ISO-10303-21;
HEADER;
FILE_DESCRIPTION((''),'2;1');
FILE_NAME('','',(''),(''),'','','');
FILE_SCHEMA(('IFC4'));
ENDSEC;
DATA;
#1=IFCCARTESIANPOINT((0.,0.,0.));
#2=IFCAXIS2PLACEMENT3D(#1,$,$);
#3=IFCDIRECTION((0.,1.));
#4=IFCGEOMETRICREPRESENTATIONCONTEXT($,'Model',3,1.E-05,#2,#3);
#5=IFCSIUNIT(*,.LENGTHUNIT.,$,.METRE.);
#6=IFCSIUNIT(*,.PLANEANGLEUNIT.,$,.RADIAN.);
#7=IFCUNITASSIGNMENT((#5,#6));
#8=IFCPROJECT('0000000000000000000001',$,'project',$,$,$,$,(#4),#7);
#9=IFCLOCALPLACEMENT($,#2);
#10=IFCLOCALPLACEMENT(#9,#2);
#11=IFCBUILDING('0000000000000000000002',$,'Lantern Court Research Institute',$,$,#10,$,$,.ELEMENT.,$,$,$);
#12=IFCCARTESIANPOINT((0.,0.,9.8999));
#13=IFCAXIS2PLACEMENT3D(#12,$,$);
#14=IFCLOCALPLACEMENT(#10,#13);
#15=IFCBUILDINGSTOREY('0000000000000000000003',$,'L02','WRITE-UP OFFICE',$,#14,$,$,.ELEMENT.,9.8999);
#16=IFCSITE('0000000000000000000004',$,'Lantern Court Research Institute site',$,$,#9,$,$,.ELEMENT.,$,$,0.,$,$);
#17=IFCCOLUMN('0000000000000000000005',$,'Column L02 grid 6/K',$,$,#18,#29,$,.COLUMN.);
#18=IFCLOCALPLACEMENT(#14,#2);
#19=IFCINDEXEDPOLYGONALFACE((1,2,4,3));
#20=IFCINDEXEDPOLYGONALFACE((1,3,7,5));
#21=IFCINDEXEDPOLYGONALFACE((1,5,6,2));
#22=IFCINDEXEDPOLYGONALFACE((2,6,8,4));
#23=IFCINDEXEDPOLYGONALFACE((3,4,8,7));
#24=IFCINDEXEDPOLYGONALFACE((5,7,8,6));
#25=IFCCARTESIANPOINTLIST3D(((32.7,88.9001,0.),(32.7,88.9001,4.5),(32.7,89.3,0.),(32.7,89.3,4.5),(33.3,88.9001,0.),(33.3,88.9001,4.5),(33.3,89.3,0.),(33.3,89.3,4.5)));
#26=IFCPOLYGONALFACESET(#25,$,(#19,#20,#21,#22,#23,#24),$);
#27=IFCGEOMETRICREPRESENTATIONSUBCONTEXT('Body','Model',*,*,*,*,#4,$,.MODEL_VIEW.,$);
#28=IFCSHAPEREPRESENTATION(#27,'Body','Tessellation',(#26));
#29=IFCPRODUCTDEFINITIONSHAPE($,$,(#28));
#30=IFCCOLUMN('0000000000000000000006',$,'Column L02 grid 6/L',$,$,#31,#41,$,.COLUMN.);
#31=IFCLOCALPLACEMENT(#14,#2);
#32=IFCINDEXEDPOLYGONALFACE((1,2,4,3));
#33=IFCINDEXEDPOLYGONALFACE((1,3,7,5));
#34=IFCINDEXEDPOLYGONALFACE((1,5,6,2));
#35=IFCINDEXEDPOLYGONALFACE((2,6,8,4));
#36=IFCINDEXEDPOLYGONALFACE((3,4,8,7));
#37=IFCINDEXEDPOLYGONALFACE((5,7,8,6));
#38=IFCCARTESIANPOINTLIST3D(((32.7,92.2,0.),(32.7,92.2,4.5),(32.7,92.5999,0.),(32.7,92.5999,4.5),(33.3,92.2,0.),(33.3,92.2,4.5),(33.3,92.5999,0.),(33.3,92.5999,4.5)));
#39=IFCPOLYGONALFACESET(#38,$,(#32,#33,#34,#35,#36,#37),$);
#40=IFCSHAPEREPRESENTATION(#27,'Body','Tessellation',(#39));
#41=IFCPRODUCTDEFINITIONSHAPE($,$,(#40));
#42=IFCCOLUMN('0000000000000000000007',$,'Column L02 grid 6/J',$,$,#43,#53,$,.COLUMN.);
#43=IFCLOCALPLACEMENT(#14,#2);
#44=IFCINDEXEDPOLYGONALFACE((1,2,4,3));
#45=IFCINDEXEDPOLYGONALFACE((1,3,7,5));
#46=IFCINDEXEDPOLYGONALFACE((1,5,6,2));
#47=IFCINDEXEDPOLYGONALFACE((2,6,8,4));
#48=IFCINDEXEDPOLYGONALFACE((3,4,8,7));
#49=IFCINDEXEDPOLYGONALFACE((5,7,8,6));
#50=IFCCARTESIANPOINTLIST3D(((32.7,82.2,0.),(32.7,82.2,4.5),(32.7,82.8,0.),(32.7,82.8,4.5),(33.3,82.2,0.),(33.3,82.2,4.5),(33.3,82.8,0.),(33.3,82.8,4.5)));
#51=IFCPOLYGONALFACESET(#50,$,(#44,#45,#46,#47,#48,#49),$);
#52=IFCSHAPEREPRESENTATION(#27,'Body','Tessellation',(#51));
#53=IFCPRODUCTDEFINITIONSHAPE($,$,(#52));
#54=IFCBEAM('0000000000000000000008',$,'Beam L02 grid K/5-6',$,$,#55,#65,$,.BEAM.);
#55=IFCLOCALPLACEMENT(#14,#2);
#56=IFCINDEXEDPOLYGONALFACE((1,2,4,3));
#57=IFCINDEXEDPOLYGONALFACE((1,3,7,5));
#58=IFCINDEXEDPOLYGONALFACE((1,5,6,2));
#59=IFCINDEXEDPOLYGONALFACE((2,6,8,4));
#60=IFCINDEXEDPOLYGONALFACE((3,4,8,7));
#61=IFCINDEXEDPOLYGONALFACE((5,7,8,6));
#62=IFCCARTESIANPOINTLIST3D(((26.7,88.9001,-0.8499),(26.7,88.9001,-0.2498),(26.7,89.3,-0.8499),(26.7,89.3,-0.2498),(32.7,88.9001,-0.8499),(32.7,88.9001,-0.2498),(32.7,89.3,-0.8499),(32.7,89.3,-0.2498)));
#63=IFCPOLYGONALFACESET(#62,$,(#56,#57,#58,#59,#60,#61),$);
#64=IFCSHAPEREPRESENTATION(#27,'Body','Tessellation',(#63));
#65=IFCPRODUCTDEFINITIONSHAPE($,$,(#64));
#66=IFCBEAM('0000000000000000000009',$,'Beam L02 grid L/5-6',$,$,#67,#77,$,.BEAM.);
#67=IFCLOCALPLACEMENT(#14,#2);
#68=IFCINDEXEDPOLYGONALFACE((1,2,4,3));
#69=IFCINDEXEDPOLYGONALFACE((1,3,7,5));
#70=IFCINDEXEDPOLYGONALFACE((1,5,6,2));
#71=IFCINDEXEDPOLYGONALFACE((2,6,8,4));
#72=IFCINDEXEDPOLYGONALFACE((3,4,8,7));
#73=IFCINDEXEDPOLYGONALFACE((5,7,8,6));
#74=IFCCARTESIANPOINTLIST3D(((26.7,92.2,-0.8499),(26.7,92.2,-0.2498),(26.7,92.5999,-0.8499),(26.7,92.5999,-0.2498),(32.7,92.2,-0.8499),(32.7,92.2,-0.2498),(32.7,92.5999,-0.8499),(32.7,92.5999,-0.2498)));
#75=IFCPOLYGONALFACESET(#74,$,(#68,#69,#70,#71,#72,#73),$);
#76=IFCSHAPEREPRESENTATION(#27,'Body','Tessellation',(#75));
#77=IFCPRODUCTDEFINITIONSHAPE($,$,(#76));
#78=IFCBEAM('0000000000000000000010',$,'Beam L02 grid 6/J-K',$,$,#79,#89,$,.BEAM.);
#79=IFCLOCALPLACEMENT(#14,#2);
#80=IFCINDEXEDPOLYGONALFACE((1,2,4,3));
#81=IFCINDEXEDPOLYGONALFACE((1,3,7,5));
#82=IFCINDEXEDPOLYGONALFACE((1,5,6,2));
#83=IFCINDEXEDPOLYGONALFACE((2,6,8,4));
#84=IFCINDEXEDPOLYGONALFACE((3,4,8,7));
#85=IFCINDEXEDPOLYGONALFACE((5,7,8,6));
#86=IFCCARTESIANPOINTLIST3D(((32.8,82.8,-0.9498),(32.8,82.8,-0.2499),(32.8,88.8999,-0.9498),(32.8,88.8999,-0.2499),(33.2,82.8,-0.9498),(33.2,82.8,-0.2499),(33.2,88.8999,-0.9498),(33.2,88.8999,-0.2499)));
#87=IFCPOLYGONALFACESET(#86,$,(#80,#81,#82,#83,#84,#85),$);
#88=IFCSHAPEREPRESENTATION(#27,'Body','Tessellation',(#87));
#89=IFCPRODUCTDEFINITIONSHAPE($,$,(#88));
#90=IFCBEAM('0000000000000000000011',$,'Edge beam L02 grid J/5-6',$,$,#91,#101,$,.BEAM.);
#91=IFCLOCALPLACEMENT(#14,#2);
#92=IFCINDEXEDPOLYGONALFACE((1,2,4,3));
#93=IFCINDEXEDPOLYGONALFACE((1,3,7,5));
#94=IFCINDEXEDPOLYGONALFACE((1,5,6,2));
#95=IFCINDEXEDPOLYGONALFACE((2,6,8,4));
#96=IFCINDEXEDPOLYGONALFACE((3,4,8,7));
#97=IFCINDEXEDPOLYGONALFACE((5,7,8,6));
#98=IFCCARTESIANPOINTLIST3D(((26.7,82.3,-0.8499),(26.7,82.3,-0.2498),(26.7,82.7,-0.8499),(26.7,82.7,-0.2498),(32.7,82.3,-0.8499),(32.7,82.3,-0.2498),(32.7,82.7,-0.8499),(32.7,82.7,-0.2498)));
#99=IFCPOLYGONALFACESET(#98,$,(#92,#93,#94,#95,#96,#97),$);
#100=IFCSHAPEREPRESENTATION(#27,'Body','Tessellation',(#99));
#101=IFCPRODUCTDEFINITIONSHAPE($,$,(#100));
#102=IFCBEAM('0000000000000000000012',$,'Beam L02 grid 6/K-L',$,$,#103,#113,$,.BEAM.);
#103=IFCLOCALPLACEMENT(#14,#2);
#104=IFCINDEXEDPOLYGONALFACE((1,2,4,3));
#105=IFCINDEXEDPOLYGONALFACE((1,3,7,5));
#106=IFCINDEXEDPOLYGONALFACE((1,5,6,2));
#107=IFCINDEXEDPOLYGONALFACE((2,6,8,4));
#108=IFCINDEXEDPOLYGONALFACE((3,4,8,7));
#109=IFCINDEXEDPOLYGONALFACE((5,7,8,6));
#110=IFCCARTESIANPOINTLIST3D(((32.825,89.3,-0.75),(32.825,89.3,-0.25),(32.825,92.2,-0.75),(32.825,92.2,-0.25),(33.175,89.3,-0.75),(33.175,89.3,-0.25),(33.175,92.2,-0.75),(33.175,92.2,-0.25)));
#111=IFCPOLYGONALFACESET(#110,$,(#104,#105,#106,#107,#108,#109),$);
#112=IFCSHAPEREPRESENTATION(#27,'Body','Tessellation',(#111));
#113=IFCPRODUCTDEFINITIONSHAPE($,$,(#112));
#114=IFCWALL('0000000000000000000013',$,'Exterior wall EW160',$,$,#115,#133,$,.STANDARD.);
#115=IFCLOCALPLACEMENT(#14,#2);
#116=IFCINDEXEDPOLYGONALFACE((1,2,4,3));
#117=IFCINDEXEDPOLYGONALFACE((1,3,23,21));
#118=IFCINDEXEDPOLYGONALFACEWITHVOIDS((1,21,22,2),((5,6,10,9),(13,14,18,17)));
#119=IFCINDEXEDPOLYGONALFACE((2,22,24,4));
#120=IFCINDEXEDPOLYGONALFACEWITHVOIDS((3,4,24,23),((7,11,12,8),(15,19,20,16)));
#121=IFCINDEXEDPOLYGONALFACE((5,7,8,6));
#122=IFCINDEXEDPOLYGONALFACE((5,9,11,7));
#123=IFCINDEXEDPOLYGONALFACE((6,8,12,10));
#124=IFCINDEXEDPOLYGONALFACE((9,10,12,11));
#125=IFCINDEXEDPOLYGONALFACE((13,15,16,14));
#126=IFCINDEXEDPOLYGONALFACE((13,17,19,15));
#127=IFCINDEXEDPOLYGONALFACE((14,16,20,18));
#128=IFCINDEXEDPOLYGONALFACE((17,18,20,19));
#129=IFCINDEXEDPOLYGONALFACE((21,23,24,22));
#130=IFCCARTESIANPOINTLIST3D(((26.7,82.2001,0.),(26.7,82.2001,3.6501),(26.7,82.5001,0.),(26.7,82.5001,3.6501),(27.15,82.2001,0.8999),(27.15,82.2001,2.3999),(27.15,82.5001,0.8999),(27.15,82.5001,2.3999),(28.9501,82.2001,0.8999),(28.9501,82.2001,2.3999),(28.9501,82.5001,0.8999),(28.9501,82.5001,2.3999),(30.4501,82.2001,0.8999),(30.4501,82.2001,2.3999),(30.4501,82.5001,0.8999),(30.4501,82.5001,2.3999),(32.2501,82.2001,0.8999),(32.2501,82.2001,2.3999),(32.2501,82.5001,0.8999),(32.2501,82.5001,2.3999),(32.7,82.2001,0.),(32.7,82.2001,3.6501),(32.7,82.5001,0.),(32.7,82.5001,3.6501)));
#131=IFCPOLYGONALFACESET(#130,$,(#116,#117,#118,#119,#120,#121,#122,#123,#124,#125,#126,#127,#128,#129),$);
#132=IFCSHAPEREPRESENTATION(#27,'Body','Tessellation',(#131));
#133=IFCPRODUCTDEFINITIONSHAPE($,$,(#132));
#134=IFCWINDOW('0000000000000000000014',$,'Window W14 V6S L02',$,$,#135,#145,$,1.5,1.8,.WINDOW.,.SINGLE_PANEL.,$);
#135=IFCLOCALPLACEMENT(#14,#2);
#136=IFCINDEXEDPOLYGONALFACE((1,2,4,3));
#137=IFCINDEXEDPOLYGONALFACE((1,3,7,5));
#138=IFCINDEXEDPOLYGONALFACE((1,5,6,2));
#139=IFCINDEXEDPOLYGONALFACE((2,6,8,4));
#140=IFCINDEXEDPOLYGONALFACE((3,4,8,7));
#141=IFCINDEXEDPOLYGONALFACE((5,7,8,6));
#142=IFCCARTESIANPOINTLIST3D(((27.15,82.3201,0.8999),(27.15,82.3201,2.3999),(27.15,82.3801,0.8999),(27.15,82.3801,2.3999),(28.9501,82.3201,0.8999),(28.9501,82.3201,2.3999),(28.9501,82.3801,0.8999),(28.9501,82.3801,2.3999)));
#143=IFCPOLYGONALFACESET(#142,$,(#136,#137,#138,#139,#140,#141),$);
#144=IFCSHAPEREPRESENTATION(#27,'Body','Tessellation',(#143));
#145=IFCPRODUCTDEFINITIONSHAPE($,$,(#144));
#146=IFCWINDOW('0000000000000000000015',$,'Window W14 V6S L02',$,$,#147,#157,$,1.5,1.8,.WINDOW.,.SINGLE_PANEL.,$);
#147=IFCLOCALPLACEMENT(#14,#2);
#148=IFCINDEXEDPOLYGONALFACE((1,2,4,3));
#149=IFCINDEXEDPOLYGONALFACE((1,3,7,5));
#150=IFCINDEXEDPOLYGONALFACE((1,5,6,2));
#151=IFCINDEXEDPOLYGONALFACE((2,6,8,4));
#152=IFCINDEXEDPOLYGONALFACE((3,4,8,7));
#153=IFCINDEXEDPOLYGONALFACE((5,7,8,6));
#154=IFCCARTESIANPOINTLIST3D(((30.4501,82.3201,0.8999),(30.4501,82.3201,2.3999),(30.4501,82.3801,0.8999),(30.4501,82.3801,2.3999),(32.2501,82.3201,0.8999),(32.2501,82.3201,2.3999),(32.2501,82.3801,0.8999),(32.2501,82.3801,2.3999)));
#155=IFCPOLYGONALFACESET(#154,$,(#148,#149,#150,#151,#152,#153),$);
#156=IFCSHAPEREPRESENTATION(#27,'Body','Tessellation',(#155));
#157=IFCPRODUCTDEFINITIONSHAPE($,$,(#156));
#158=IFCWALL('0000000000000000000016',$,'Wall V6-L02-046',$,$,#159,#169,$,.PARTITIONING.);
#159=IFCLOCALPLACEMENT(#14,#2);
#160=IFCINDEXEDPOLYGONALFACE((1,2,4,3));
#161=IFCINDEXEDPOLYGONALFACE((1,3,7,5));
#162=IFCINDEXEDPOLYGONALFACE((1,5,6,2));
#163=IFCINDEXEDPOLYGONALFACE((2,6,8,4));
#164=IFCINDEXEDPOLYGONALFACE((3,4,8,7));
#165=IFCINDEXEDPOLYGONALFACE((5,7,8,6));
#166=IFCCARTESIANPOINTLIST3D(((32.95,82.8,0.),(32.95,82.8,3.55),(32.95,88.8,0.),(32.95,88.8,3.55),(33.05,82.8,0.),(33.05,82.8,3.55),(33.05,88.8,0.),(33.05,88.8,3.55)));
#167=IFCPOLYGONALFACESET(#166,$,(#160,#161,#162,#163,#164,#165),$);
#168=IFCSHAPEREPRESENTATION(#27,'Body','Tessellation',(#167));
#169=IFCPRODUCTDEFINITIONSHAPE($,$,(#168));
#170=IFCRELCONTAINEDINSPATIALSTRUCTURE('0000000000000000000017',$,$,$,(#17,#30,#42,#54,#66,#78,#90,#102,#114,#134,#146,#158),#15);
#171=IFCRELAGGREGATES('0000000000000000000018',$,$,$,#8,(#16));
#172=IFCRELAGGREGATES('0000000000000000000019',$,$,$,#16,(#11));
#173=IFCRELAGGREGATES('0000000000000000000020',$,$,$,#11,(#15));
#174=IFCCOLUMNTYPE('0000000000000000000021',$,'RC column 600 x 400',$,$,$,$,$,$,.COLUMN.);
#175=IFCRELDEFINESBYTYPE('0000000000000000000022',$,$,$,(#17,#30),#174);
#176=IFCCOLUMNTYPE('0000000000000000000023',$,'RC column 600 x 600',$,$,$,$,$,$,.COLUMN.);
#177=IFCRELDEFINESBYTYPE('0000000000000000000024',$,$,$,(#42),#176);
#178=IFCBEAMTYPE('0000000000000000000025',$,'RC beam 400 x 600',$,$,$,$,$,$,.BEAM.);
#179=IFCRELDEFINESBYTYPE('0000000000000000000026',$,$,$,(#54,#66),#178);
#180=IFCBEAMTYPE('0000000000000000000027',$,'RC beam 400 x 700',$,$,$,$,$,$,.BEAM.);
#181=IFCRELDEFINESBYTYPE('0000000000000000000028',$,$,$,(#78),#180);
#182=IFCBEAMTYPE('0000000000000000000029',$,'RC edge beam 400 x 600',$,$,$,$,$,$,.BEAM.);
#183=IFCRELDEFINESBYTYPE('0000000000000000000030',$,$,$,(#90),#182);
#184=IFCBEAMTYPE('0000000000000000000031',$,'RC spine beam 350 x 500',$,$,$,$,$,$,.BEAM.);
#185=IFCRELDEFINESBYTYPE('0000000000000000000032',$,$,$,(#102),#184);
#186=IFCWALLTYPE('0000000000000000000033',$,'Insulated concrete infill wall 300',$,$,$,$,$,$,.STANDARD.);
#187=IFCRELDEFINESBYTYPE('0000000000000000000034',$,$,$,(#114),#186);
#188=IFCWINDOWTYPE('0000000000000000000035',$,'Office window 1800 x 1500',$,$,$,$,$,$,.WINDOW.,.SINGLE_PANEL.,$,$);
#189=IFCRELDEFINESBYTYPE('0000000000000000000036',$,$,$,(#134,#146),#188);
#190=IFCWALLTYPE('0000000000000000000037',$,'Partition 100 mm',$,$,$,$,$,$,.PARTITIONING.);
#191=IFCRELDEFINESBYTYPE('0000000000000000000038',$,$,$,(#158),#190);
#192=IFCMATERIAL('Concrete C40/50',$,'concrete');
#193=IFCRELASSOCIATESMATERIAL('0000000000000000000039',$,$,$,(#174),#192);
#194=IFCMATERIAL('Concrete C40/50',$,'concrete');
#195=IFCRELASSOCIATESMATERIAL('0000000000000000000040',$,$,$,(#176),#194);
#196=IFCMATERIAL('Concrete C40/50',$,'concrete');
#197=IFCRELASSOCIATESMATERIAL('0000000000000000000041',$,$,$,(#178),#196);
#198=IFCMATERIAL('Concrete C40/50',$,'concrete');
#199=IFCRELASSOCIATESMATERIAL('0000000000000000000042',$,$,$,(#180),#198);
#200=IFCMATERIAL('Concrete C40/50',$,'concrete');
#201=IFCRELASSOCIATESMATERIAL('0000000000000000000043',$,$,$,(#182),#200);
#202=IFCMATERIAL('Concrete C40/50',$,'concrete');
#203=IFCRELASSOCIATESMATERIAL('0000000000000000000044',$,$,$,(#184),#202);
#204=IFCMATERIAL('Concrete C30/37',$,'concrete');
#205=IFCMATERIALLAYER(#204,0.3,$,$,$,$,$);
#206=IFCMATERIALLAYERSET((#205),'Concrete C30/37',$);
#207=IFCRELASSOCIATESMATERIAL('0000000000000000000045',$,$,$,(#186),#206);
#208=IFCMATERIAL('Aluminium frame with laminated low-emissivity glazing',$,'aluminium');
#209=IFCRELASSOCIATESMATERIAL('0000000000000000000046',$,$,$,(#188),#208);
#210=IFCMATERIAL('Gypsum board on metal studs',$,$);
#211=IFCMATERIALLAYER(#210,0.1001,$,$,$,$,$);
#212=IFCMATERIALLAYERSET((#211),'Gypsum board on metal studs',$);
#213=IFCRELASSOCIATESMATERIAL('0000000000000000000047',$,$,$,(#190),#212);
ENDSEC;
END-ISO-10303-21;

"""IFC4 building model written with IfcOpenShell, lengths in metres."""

from ifc_helpers import new_model, si_unit, direction, frame, frame_2d, origin, origin_2d, place, context, subcontext, project, spatial, rectangle, extrude, material, layer, layer_set, material_profile, profile_set, type_object, element, fill, save


model = new_model("IFC4")

# Units and contexts
model_context = context("Model", 3, precision=1e-05, world=origin(), true_north=direction((0.0, 1.0)))
body_context = subcontext(model_context, "Body", "Model", "MODEL_VIEW")
ifc_project = project(units=[si_unit("LENGTHUNIT", "METRE"), si_unit("PLANEANGLEUNIT", "RADIAN")], contexts=[model_context])

# Site, building, storey
site_placement = place(None, origin())
site = spatial("IfcSite", under=ifc_project, at=site_placement, Name="Lantern Court Research Institute site", CompositionType="ELEMENT", RefElevation=0.0)
building_placement = place(site_placement, origin())
building = spatial("IfcBuilding", under=site, at=building_placement, Name="Lantern Court Research Institute", CompositionType="ELEMENT")
storey_placement = place(building_placement, frame((0.0, 0.0, 9.8999)))
storey = spatial("IfcBuildingStorey", under=building, at=storey_placement, Name="L02", Description="WRITE-UP OFFICE", CompositionType="ELEMENT", Elevation=9.8999)

# Columns
ifc_material_1 = material(Name="Concrete C40/50", Category="concrete")
ifc_material_profile_1 = material_profile(ifc_material_1, rectangle(XDim=0.6001, YDim=0.3999, at=origin_2d()), Name="RC column 600 x 400")
ifc_profile_set_1 = profile_set([ifc_material_profile_1], Name="Concrete C40/50")
column_type_1 = type_object("IfcColumnType", Name="RC column 600 x 400", PredefinedType="COLUMN", material=ifc_profile_set_1)
for number, where, z_axis, x_axis, name in (
    (1, (33.0, 89.1001, 0.0), (0.0, 0.0, 1.0), (1.0, 0.0, 0.0), "Column L02 grid 6/K"),
    (2, (33.0, 92.3999, 0.0), (0.0, 0.0, 1.0), (1.0, 0.0, 0.0), "Column L02 grid 6/L"),
):
    element("IfcColumn", number, at=place(storey_placement, frame(where, z_axis=z_axis, x_axis=x_axis)), inside=storey, type_object=column_type_1, Name=name, PredefinedType="COLUMN", context=body_context, shape_type="SweptSolid", body=[
        extrude(rectangle(XDim=0.6001, YDim=0.3999, at=origin_2d()), origin(), (0.0, 0.0, 1.0), 4.5),
    ])
ifc_material_2 = material(Name="Concrete C40/50", Category="concrete")
ifc_material_profile_2 = material_profile(ifc_material_2, rectangle(XDim=0.6001, YDim=0.6001, at=origin_2d()), Name="RC column 600 x 600")
ifc_profile_set_2 = profile_set([ifc_material_profile_2], Name="Concrete C40/50")
column_type_2 = type_object("IfcColumnType", Name="RC column 600 x 600", PredefinedType="COLUMN", material=ifc_profile_set_2)
column_placement = place(storey_placement, frame((33.0, 82.5, 0.0), z_axis=(0.0, 0.0, 1.0), x_axis=(1.0, 0.0, 0.0)))
element("IfcColumn", 3, at=column_placement, inside=storey, type_object=column_type_2, Name="Column L02 grid 6/J", PredefinedType="COLUMN", context=body_context, shape_type="SweptSolid", body=[
    extrude(rectangle(XDim=0.6001, YDim=0.6001, at=origin_2d()), origin(), (0.0, 0.0, 1.0), 4.5),
])

# Beams
ifc_material_3 = material(Name="Concrete C40/50", Category="concrete")
ifc_material_profile_3 = material_profile(ifc_material_3, rectangle(XDim=0.3999, YDim=0.6001, at=origin_2d()), Name="RC beam 400 x 600")
ifc_profile_set_3 = profile_set([ifc_material_profile_3], Name="Concrete C40/50")
beam_type_1 = type_object("IfcBeamType", Name="RC beam 400 x 600", PredefinedType="BEAM", material=ifc_profile_set_3)
for number, where, z_axis, x_axis, name in (
    (4, (26.7, 89.1001, -0.5498), (1.0, 0.0, 0.0), (0.0, 1.0, 0.0), "Beam L02 grid K/5-6"),
    (5, (26.7, 92.3999, -0.5498), (1.0, 0.0, 0.0), (0.0, 1.0, 0.0), "Beam L02 grid L/5-6"),
):
    element("IfcBeam", number, at=place(storey_placement, frame(where, z_axis=z_axis, x_axis=x_axis)), inside=storey, type_object=beam_type_1, Name=name, PredefinedType="BEAM", context=body_context, shape_type="SweptSolid", body=[
        extrude(rectangle(XDim=0.3999, YDim=0.6001, at=origin_2d()), origin(), (0.0, 0.0, 1.0), 6.0),
    ])
ifc_material_4 = material(Name="Concrete C40/50", Category="concrete")
ifc_material_profile_4 = material_profile(ifc_material_4, rectangle(XDim=0.3999, YDim=0.7, at=origin_2d()), Name="RC beam 400 x 700")
ifc_profile_set_4 = profile_set([ifc_material_profile_4], Name="Concrete C40/50")
beam_type_2 = type_object("IfcBeamType", Name="RC beam 400 x 700", PredefinedType="BEAM", material=ifc_profile_set_4)
beam_1_placement = place(storey_placement, frame((33.0, 82.8, -0.5999), z_axis=(0.0, 1.0, 0.0), x_axis=(-1.0, 0.0, 0.0)))
element("IfcBeam", 6, at=beam_1_placement, inside=storey, type_object=beam_type_2, Name="Beam L02 grid 6/J-K", PredefinedType="BEAM", context=body_context, shape_type="SweptSolid", body=[
    extrude(rectangle(XDim=0.3999, YDim=0.7, at=origin_2d()), origin(), (0.0, 0.0, 1.0), 6.0999),
])
ifc_material_5 = material(Name="Concrete C40/50", Category="concrete")
ifc_material_profile_5 = material_profile(ifc_material_5, rectangle(XDim=0.3999, YDim=0.6001, at=origin_2d()), Name="RC beam 400 x 600")
ifc_profile_set_5 = profile_set([ifc_material_profile_5], Name="Concrete C40/50")
beam_type_3 = type_object("IfcBeamType", Name="RC edge beam 400 x 600", PredefinedType="BEAM", material=ifc_profile_set_5)
beam_2_placement = place(storey_placement, frame((26.7, 82.5, -0.5498), z_axis=(1.0, 0.0, 0.0), x_axis=(0.0, 1.0, 0.0)))
element("IfcBeam", 7, at=beam_2_placement, inside=storey, type_object=beam_type_3, Name="Edge beam L02 grid J/5-6", PredefinedType="BEAM", context=body_context, shape_type="SweptSolid", body=[
    extrude(rectangle(XDim=0.3999, YDim=0.6001, at=origin_2d()), origin(), (0.0, 0.0, 1.0), 6.0),
])
ifc_material_6 = material(Name="Concrete C40/50", Category="concrete")
ifc_material_profile_6 = material_profile(ifc_material_6, rectangle(XDim=0.3501, YDim=0.5, at=origin_2d()), Name="RC beam 350 x 500")
ifc_profile_set_6 = profile_set([ifc_material_profile_6], Name="Concrete C40/50")
beam_type_4 = type_object("IfcBeamType", Name="RC spine beam 350 x 500", PredefinedType="BEAM", material=ifc_profile_set_6)
beam_3_placement = place(storey_placement, frame((33.0, 89.3, -0.5), z_axis=(0.0, 1.0, 0.0), x_axis=(-1.0, 0.0, 0.0)))
element("IfcBeam", 8, at=beam_3_placement, inside=storey, type_object=beam_type_4, Name="Beam L02 grid 6/K-L", PredefinedType="BEAM", context=body_context, shape_type="SweptSolid", body=[
    extrude(rectangle(XDim=0.3501, YDim=0.5, at=origin_2d()), origin(), (0.0, 0.0, 1.0), 2.8999),
])

# Wall, openings, windows
ifc_material_7 = material(Name="Concrete C30/37", Category="concrete")
ifc_layer_1 = layer(ifc_material_7, 0.3)
ifc_layer_set_1 = layer_set([ifc_layer_1], Name="Concrete C30/37")
wall_type_1 = type_object("IfcWallType", Name="Insulated concrete infill wall 300", PredefinedType="STANDARD", material=ifc_layer_set_1)
wall_1_placement = place(storey_placement, frame((32.7, 82.3501, 0.0), z_axis=(0.0, 0.0, 1.0), x_axis=(-1.0, 0.0, 0.0)))
wall_1 = element("IfcWall", 9, at=wall_1_placement, inside=storey, type_object=wall_type_1, Name="Exterior wall EW160", PredefinedType="STANDARD", context=body_context, shape_type="SweptSolid", body=[
    extrude(rectangle(XDim=6.0, YDim=0.3, at=frame_2d((3.0, 0.0))), origin(), (0.0, 0.0, 1.0), 3.6501),
])
opening_1_placement = place(wall_1_placement, frame((3.75, 0.0, 0.8999)))
opening_1 = element("IfcOpeningElement", 10, at=opening_1_placement, cuts=wall_1, PredefinedType="OPENING", context=body_context, shape_type="SweptSolid", body=[
    extrude(rectangle(XDim=1.8, YDim=1.5, at=frame_2d((0.8999, 0.75))), frame((0.0, 0.1599, 0.0), z_axis=(0.0, -1.0, 0.0), x_axis=(1.0, 0.0, 0.0)), (0.0, 0.0, 1.0), 0.3201),
])
opening_2_placement = place(wall_1_placement, frame((0.45, 0.0, 0.8999)))
opening_2 = element("IfcOpeningElement", 11, at=opening_2_placement, cuts=wall_1, PredefinedType="OPENING", context=body_context, shape_type="SweptSolid", body=[
    extrude(rectangle(XDim=1.8, YDim=1.5, at=frame_2d((0.8999, 0.75))), frame((0.0, 0.1599, 0.0), z_axis=(0.0, -1.0, 0.0), x_axis=(1.0, 0.0, 0.0)), (0.0, 0.0, 1.0), 0.3201),
])
ifc_material_8 = material(Name="Aluminium frame with laminated low-emissivity glazing", Category="aluminium")
window_type = type_object("IfcWindowType", Name="Office window 1800 x 1500", PartitioningType="SINGLE_PANEL", PredefinedType="WINDOW", material=ifc_material_8)
window_1_placement = place(opening_1_placement, origin())
window_1 = element("IfcWindow", 12, at=window_1_placement, inside=storey, type_object=window_type, Name="Window W14 V6S L02", OverallHeight=1.5, OverallWidth=1.8, PartitioningType="SINGLE_PANEL", PredefinedType="WINDOW", context=body_context, shape_type="SweptSolid", body=[
    extrude(rectangle(XDim=1.8, YDim=1.5, at=frame_2d((0.8999, 0.75))), frame((0.0, 0.03, 0.0), z_axis=(0.0, -1.0, 0.0), x_axis=(1.0, 0.0, 0.0)), (0.0, 0.0, 1.0), 0.0601),
])
fill(opening_1, window_1)
window_2_placement = place(opening_2_placement, origin())
window_2 = element("IfcWindow", 13, at=window_2_placement, inside=storey, type_object=window_type, Name="Window W14 V6S L02", OverallHeight=1.5, OverallWidth=1.8, PartitioningType="SINGLE_PANEL", PredefinedType="WINDOW", context=body_context, shape_type="SweptSolid", body=[
    extrude(rectangle(XDim=1.8, YDim=1.5, at=frame_2d((0.8999, 0.75))), frame((0.0, 0.03, 0.0), z_axis=(0.0, -1.0, 0.0), x_axis=(1.0, 0.0, 0.0)), (0.0, 0.0, 1.0), 0.0601),
])
fill(opening_2, window_2)

# Wall
ifc_material_9 = material(Name="Gypsum board on metal studs")
ifc_layer_2 = layer(ifc_material_9, 0.1001)
ifc_layer_set_2 = layer_set([ifc_layer_2], Name="Gypsum board on metal studs")
wall_type_2 = type_object("IfcWallType", Name="Partition 100 mm", PredefinedType="PARTITIONING", material=ifc_layer_set_2)
wall_2_placement = place(storey_placement, frame((33.0, 82.8, 0.0), z_axis=(0.0, 0.0, 1.0), x_axis=(0.0, 1.0, 0.0)))
element("IfcWall", 14, at=wall_2_placement, inside=storey, type_object=wall_type_2, Name="Wall V6-L02-046", PredefinedType="PARTITIONING", context=body_context, shape_type="SweptSolid", body=[
    extrude(rectangle(XDim=6.0, YDim=0.1001, at=frame_2d((3.0, 0.0))), origin(), (0.0, 0.0, 1.0), 3.55),
])

save(model, "model.ifc")
